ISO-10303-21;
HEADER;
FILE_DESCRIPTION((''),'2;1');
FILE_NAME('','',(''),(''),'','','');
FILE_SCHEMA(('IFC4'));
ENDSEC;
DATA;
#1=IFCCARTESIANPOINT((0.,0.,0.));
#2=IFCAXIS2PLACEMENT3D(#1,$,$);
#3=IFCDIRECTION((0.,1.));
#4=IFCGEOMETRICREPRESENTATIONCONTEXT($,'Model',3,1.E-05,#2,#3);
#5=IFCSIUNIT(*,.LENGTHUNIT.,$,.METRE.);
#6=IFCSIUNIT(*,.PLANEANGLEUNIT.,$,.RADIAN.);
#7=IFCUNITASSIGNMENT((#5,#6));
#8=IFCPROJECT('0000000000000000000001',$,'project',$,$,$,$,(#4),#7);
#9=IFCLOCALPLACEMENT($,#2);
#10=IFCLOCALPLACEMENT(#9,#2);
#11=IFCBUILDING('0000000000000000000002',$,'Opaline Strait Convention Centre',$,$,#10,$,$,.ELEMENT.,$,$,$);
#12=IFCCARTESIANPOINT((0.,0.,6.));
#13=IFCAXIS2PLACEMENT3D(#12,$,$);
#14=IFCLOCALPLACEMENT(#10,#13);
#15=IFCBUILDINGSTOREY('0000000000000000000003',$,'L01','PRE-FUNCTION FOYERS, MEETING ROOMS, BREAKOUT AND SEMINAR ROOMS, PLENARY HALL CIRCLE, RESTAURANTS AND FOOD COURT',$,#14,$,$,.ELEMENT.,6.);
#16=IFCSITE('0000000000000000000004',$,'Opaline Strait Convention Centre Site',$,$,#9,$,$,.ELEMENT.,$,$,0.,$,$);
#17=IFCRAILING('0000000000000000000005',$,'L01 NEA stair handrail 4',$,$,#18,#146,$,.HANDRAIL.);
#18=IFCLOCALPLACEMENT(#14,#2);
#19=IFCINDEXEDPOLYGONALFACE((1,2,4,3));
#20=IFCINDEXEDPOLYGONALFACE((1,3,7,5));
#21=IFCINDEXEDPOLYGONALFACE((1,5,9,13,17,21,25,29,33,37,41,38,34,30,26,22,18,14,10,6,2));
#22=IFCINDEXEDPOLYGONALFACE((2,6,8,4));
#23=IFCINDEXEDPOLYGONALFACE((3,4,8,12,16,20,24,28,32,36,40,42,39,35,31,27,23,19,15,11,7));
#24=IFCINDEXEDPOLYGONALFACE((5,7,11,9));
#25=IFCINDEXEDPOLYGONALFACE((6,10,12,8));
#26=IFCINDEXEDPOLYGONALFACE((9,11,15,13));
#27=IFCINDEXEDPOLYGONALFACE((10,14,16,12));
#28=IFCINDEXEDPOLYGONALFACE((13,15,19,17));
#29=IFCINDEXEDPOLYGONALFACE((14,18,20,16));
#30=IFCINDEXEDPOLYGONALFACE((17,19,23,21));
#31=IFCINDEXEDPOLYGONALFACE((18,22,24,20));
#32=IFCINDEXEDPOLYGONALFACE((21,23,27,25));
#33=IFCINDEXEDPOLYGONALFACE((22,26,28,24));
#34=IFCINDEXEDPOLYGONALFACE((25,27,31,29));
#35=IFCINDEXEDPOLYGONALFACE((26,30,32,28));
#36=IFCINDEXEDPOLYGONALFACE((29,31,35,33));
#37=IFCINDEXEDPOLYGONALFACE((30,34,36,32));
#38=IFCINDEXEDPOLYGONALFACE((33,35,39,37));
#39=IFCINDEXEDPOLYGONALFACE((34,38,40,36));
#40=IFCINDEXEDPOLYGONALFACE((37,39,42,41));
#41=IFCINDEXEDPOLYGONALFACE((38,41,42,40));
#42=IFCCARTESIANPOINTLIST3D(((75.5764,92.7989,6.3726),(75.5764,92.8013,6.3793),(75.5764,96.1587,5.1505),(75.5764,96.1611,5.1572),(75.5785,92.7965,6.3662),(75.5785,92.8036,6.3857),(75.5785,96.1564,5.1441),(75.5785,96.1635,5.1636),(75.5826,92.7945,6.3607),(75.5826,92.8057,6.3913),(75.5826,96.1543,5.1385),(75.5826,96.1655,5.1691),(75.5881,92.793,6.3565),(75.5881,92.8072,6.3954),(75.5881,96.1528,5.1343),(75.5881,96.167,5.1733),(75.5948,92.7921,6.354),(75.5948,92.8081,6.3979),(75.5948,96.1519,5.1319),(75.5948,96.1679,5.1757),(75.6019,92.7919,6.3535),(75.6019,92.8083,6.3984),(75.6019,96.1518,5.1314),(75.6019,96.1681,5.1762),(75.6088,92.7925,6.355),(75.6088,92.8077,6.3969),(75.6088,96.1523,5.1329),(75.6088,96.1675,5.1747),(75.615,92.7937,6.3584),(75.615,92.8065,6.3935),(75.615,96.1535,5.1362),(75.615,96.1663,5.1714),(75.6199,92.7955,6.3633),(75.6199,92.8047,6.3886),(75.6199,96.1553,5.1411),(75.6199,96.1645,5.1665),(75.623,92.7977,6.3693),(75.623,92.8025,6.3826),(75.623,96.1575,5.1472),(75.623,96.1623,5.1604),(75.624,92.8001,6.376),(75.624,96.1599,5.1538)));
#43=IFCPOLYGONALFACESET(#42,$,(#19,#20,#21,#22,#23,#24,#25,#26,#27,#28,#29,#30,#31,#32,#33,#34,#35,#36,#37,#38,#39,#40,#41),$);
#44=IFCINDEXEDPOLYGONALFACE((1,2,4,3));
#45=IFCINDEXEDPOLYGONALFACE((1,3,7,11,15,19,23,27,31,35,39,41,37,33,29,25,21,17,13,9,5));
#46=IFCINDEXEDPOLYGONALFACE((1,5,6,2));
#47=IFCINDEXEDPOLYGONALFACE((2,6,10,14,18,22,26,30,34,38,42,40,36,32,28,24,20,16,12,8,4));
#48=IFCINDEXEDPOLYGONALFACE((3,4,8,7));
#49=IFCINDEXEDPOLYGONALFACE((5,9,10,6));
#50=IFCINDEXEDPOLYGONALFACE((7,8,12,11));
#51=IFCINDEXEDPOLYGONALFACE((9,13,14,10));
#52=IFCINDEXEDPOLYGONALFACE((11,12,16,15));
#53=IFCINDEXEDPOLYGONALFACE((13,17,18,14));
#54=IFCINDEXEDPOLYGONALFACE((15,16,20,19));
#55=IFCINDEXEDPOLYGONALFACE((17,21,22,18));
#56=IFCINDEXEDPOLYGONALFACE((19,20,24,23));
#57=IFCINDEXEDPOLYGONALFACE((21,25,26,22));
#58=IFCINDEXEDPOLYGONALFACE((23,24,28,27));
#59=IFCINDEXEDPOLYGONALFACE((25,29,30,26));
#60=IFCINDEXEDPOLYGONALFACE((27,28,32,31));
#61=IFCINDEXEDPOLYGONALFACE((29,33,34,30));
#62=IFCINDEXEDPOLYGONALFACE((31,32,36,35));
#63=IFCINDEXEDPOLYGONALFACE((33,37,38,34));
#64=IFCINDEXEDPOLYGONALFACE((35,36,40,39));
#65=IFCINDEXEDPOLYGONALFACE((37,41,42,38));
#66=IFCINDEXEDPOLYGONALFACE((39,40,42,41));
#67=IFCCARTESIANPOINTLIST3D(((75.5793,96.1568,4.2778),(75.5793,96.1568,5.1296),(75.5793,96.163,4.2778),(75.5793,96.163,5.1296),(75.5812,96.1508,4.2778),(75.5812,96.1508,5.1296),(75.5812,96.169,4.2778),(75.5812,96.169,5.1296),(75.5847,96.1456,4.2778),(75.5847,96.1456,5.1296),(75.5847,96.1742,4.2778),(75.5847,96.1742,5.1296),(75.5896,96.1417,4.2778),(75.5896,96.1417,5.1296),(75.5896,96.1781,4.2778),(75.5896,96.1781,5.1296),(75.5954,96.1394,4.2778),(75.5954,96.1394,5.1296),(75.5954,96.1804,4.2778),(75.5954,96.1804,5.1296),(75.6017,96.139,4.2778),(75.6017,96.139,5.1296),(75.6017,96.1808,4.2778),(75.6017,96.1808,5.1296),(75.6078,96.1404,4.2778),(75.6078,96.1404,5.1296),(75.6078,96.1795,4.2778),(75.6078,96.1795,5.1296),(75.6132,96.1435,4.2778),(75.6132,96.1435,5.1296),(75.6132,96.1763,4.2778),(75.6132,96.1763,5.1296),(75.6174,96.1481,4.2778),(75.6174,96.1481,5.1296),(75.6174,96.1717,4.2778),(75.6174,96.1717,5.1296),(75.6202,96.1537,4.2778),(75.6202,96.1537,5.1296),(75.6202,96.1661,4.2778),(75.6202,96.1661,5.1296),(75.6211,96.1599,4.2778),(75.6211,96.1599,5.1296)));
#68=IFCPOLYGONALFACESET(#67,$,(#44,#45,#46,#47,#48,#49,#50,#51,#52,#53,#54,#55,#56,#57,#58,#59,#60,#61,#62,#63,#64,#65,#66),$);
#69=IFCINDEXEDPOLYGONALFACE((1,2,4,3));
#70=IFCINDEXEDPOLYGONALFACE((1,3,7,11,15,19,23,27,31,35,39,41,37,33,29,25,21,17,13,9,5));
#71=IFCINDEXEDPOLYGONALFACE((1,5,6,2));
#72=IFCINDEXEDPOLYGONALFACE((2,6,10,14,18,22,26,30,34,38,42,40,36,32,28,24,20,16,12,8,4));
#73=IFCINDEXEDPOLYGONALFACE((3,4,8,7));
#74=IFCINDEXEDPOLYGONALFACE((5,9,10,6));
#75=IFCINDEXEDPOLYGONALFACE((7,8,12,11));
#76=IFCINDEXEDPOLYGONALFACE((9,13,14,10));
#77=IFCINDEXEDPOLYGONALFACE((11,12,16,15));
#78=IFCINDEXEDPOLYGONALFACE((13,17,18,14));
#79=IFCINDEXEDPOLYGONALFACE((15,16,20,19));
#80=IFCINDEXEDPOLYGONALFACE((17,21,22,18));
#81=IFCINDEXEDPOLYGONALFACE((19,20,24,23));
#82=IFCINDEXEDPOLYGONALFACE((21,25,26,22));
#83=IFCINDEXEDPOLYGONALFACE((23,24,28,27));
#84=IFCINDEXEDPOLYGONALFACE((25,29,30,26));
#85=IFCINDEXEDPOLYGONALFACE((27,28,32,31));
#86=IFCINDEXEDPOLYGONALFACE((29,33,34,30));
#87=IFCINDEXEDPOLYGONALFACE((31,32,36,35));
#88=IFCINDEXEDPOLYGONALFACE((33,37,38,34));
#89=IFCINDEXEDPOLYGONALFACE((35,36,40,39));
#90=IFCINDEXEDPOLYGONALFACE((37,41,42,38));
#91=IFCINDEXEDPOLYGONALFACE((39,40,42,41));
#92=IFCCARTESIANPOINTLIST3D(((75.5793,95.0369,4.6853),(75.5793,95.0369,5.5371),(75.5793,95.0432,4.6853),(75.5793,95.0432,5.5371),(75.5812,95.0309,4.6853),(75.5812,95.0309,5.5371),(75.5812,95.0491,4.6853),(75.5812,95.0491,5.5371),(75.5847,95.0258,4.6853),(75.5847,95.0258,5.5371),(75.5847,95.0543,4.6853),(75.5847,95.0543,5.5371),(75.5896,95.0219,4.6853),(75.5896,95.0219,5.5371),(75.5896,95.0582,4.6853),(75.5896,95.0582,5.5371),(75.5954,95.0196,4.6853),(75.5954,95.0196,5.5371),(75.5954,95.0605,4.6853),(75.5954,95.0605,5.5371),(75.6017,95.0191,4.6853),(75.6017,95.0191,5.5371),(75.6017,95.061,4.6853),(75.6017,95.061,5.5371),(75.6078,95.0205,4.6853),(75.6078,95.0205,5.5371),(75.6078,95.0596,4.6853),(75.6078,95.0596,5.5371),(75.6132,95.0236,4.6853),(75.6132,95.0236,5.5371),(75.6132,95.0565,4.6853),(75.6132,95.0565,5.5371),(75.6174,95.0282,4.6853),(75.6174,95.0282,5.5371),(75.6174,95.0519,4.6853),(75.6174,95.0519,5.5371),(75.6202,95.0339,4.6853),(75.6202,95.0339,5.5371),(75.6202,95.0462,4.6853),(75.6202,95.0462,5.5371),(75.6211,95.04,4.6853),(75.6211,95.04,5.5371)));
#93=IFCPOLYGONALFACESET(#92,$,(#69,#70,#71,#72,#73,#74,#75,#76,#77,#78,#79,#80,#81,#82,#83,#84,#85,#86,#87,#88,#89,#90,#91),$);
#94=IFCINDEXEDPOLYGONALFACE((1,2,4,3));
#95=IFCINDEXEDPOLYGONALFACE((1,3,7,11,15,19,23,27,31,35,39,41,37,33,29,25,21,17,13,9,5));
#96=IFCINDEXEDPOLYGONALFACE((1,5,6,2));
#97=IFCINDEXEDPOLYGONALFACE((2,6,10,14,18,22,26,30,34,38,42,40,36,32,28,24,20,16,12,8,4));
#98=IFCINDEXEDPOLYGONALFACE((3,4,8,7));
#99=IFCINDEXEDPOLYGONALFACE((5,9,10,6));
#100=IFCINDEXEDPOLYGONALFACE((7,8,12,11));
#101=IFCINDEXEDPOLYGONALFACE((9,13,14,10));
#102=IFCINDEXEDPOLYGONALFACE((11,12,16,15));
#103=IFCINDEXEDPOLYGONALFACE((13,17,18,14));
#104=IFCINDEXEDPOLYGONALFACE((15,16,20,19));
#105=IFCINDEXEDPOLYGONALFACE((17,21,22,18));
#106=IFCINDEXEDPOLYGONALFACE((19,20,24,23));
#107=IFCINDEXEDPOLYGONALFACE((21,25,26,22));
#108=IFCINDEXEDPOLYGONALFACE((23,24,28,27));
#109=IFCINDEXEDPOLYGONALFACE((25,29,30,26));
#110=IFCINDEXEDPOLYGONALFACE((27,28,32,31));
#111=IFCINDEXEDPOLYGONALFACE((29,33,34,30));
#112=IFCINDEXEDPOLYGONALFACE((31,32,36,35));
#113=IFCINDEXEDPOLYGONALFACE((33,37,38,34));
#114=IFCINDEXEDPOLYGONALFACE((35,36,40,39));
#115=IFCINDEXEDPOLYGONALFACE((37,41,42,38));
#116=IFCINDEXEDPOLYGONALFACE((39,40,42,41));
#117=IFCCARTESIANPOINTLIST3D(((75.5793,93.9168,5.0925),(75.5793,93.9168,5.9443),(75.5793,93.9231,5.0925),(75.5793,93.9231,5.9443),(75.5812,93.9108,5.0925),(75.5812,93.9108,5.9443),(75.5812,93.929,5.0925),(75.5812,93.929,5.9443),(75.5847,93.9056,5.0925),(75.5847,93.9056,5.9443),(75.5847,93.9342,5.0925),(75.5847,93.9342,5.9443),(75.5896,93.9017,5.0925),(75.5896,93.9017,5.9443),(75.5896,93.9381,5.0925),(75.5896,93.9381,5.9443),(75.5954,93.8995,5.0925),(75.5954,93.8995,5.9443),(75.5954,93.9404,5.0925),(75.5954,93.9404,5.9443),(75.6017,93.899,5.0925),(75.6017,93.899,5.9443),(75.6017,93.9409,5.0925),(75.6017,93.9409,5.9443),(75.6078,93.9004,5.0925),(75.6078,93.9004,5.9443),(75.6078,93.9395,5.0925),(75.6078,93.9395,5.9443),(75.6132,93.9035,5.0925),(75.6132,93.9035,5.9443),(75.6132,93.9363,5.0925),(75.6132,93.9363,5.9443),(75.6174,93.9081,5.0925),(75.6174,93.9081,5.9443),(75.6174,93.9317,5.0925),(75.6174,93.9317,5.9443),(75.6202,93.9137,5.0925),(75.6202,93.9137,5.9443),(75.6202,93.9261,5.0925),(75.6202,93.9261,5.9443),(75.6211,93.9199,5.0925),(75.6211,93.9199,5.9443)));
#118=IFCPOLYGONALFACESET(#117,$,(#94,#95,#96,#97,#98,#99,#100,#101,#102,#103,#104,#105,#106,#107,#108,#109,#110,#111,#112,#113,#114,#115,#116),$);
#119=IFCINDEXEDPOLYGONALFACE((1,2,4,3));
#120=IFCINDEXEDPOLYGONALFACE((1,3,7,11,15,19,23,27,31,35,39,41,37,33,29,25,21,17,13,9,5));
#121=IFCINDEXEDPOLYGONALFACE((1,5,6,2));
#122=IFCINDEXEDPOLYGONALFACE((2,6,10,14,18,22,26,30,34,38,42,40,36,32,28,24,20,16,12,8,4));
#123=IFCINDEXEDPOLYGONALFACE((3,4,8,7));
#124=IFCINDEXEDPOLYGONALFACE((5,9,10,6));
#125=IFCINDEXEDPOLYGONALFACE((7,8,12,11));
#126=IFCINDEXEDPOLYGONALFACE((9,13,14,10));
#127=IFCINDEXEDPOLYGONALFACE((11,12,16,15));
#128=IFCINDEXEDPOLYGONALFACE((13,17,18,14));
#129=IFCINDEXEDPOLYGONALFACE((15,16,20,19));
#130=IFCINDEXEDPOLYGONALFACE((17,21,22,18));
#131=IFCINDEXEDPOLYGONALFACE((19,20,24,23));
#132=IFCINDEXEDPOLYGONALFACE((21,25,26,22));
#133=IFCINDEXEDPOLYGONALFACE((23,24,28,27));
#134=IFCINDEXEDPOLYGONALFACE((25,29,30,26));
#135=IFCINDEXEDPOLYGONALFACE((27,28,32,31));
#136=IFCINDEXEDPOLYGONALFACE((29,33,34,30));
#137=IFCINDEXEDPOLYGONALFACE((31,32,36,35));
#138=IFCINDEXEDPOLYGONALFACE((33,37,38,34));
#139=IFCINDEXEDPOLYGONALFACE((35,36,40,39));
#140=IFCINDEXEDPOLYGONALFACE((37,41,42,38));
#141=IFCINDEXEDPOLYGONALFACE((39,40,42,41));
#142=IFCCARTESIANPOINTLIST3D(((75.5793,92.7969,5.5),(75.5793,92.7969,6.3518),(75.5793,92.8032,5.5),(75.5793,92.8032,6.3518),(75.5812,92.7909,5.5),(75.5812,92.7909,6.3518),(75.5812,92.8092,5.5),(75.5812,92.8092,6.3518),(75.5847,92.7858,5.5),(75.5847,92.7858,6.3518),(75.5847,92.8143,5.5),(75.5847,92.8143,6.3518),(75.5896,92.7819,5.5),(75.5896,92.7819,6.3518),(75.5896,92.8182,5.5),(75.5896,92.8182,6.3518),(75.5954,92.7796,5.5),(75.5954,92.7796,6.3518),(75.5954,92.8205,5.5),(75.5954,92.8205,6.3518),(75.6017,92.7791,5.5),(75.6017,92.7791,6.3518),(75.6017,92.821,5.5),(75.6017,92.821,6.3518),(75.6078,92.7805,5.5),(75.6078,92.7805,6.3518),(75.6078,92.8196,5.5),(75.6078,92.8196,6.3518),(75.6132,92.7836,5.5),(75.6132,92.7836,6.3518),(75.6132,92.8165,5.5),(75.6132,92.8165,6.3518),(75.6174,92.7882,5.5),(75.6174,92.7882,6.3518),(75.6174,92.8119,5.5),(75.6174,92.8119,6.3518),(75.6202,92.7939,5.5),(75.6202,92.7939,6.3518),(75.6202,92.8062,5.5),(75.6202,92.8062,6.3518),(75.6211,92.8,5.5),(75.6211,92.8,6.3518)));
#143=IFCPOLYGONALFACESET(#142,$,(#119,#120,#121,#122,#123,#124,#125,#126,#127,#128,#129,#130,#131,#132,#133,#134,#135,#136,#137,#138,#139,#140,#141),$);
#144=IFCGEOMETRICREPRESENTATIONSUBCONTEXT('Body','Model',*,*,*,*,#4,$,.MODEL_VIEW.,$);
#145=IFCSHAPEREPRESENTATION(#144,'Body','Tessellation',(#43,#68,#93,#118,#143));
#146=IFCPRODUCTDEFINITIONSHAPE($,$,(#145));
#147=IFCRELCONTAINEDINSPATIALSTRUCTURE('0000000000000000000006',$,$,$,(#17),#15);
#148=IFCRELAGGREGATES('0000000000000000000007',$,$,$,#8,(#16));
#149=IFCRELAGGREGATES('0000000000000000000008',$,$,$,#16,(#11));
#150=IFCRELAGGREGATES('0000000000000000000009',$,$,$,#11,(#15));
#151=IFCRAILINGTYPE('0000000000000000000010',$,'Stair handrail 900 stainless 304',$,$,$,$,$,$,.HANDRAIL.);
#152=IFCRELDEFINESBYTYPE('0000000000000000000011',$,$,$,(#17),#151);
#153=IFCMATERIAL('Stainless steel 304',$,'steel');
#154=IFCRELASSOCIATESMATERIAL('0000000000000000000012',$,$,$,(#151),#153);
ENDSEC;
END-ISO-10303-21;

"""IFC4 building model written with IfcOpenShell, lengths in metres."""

from ifc_helpers import new_model, si_unit, direction, frame, origin, origin_2d, place, context, subcontext, project, spatial, circle, extrude, material, type_object, element, save


model = new_model("IFC4")

# Units and contexts
model_context = context("Model", 3, precision=1e-05, world=origin(), true_north=direction((0.0, 1.0)))
body_context = subcontext(model_context, "Body", "Model", "MODEL_VIEW")
ifc_project = project(units=[si_unit("LENGTHUNIT", "METRE"), si_unit("PLANEANGLEUNIT", "RADIAN")], contexts=[model_context])

# Site, building, storey
site_placement = place(None, origin())
site = spatial("IfcSite", under=ifc_project, at=site_placement, Name="Opaline Strait Convention Centre Site", CompositionType="ELEMENT", RefElevation=0.0)
building_placement = place(site_placement, origin())
building = spatial("IfcBuilding", under=site, at=building_placement, Name="Opaline Strait Convention Centre", CompositionType="ELEMENT")
storey_placement = place(building_placement, frame((0.0, 0.0, 6.0)))
storey = spatial("IfcBuildingStorey", under=building, at=storey_placement, Name="L01", Description="PRE-FUNCTION FOYERS, MEETING ROOMS, BREAKOUT AND SEMINAR ROOMS, PLENARY HALL CIRCLE, RESTAURANTS AND FOOD COURT", CompositionType="ELEMENT", Elevation=6.0)

# Railing
ifc_material_1 = material(Name="Stainless steel 304", Category="steel")
railing_type_1 = type_object("IfcRailingType", Name="Stair handrail 900 stainless 304", PredefinedType="HANDRAIL", material=ifc_material_1)
for number, where, name in (
    (1, (75.6001, 96.1599, 4.2778), "L01 NEA stair handrail 4"),
):
    element("IfcRailing", number, at=place(storey_placement, frame(where)), inside=storey, type_object=railing_type_1, Name=name, PredefinedType="HANDRAIL", context=body_context, shape_type="SweptSolid", body=[
        extrude(circle(Radius=0.0239, at=origin_2d()), frame((0.0, 0.0, 0.876), z_axis=(0.0, -0.939758, 0.341842), x_axis=(1.0, 0.0, 0.0)), (0.0, 0.0, 1.0), 3.5752),
        extrude(circle(Radius=0.021, at=origin_2d()), origin(), (0.0, 0.0, 1.0), 0.8518),
        extrude(circle(Radius=0.021, at=origin_2d()), frame((0.0, -1.1199, 0.4075)), (0.0, 0.0, 1.0), 0.8518),
        extrude(circle(Radius=0.021, at=origin_2d()), frame((0.0, -2.24, 0.8147)), (0.0, 0.0, 1.0), 0.8518),
        extrude(circle(Radius=0.021, at=origin_2d()), frame((0.0, -3.3599, 1.2222)), (0.0, 0.0, 1.0), 0.8518),
    ])

save(model, "model.ifc")
